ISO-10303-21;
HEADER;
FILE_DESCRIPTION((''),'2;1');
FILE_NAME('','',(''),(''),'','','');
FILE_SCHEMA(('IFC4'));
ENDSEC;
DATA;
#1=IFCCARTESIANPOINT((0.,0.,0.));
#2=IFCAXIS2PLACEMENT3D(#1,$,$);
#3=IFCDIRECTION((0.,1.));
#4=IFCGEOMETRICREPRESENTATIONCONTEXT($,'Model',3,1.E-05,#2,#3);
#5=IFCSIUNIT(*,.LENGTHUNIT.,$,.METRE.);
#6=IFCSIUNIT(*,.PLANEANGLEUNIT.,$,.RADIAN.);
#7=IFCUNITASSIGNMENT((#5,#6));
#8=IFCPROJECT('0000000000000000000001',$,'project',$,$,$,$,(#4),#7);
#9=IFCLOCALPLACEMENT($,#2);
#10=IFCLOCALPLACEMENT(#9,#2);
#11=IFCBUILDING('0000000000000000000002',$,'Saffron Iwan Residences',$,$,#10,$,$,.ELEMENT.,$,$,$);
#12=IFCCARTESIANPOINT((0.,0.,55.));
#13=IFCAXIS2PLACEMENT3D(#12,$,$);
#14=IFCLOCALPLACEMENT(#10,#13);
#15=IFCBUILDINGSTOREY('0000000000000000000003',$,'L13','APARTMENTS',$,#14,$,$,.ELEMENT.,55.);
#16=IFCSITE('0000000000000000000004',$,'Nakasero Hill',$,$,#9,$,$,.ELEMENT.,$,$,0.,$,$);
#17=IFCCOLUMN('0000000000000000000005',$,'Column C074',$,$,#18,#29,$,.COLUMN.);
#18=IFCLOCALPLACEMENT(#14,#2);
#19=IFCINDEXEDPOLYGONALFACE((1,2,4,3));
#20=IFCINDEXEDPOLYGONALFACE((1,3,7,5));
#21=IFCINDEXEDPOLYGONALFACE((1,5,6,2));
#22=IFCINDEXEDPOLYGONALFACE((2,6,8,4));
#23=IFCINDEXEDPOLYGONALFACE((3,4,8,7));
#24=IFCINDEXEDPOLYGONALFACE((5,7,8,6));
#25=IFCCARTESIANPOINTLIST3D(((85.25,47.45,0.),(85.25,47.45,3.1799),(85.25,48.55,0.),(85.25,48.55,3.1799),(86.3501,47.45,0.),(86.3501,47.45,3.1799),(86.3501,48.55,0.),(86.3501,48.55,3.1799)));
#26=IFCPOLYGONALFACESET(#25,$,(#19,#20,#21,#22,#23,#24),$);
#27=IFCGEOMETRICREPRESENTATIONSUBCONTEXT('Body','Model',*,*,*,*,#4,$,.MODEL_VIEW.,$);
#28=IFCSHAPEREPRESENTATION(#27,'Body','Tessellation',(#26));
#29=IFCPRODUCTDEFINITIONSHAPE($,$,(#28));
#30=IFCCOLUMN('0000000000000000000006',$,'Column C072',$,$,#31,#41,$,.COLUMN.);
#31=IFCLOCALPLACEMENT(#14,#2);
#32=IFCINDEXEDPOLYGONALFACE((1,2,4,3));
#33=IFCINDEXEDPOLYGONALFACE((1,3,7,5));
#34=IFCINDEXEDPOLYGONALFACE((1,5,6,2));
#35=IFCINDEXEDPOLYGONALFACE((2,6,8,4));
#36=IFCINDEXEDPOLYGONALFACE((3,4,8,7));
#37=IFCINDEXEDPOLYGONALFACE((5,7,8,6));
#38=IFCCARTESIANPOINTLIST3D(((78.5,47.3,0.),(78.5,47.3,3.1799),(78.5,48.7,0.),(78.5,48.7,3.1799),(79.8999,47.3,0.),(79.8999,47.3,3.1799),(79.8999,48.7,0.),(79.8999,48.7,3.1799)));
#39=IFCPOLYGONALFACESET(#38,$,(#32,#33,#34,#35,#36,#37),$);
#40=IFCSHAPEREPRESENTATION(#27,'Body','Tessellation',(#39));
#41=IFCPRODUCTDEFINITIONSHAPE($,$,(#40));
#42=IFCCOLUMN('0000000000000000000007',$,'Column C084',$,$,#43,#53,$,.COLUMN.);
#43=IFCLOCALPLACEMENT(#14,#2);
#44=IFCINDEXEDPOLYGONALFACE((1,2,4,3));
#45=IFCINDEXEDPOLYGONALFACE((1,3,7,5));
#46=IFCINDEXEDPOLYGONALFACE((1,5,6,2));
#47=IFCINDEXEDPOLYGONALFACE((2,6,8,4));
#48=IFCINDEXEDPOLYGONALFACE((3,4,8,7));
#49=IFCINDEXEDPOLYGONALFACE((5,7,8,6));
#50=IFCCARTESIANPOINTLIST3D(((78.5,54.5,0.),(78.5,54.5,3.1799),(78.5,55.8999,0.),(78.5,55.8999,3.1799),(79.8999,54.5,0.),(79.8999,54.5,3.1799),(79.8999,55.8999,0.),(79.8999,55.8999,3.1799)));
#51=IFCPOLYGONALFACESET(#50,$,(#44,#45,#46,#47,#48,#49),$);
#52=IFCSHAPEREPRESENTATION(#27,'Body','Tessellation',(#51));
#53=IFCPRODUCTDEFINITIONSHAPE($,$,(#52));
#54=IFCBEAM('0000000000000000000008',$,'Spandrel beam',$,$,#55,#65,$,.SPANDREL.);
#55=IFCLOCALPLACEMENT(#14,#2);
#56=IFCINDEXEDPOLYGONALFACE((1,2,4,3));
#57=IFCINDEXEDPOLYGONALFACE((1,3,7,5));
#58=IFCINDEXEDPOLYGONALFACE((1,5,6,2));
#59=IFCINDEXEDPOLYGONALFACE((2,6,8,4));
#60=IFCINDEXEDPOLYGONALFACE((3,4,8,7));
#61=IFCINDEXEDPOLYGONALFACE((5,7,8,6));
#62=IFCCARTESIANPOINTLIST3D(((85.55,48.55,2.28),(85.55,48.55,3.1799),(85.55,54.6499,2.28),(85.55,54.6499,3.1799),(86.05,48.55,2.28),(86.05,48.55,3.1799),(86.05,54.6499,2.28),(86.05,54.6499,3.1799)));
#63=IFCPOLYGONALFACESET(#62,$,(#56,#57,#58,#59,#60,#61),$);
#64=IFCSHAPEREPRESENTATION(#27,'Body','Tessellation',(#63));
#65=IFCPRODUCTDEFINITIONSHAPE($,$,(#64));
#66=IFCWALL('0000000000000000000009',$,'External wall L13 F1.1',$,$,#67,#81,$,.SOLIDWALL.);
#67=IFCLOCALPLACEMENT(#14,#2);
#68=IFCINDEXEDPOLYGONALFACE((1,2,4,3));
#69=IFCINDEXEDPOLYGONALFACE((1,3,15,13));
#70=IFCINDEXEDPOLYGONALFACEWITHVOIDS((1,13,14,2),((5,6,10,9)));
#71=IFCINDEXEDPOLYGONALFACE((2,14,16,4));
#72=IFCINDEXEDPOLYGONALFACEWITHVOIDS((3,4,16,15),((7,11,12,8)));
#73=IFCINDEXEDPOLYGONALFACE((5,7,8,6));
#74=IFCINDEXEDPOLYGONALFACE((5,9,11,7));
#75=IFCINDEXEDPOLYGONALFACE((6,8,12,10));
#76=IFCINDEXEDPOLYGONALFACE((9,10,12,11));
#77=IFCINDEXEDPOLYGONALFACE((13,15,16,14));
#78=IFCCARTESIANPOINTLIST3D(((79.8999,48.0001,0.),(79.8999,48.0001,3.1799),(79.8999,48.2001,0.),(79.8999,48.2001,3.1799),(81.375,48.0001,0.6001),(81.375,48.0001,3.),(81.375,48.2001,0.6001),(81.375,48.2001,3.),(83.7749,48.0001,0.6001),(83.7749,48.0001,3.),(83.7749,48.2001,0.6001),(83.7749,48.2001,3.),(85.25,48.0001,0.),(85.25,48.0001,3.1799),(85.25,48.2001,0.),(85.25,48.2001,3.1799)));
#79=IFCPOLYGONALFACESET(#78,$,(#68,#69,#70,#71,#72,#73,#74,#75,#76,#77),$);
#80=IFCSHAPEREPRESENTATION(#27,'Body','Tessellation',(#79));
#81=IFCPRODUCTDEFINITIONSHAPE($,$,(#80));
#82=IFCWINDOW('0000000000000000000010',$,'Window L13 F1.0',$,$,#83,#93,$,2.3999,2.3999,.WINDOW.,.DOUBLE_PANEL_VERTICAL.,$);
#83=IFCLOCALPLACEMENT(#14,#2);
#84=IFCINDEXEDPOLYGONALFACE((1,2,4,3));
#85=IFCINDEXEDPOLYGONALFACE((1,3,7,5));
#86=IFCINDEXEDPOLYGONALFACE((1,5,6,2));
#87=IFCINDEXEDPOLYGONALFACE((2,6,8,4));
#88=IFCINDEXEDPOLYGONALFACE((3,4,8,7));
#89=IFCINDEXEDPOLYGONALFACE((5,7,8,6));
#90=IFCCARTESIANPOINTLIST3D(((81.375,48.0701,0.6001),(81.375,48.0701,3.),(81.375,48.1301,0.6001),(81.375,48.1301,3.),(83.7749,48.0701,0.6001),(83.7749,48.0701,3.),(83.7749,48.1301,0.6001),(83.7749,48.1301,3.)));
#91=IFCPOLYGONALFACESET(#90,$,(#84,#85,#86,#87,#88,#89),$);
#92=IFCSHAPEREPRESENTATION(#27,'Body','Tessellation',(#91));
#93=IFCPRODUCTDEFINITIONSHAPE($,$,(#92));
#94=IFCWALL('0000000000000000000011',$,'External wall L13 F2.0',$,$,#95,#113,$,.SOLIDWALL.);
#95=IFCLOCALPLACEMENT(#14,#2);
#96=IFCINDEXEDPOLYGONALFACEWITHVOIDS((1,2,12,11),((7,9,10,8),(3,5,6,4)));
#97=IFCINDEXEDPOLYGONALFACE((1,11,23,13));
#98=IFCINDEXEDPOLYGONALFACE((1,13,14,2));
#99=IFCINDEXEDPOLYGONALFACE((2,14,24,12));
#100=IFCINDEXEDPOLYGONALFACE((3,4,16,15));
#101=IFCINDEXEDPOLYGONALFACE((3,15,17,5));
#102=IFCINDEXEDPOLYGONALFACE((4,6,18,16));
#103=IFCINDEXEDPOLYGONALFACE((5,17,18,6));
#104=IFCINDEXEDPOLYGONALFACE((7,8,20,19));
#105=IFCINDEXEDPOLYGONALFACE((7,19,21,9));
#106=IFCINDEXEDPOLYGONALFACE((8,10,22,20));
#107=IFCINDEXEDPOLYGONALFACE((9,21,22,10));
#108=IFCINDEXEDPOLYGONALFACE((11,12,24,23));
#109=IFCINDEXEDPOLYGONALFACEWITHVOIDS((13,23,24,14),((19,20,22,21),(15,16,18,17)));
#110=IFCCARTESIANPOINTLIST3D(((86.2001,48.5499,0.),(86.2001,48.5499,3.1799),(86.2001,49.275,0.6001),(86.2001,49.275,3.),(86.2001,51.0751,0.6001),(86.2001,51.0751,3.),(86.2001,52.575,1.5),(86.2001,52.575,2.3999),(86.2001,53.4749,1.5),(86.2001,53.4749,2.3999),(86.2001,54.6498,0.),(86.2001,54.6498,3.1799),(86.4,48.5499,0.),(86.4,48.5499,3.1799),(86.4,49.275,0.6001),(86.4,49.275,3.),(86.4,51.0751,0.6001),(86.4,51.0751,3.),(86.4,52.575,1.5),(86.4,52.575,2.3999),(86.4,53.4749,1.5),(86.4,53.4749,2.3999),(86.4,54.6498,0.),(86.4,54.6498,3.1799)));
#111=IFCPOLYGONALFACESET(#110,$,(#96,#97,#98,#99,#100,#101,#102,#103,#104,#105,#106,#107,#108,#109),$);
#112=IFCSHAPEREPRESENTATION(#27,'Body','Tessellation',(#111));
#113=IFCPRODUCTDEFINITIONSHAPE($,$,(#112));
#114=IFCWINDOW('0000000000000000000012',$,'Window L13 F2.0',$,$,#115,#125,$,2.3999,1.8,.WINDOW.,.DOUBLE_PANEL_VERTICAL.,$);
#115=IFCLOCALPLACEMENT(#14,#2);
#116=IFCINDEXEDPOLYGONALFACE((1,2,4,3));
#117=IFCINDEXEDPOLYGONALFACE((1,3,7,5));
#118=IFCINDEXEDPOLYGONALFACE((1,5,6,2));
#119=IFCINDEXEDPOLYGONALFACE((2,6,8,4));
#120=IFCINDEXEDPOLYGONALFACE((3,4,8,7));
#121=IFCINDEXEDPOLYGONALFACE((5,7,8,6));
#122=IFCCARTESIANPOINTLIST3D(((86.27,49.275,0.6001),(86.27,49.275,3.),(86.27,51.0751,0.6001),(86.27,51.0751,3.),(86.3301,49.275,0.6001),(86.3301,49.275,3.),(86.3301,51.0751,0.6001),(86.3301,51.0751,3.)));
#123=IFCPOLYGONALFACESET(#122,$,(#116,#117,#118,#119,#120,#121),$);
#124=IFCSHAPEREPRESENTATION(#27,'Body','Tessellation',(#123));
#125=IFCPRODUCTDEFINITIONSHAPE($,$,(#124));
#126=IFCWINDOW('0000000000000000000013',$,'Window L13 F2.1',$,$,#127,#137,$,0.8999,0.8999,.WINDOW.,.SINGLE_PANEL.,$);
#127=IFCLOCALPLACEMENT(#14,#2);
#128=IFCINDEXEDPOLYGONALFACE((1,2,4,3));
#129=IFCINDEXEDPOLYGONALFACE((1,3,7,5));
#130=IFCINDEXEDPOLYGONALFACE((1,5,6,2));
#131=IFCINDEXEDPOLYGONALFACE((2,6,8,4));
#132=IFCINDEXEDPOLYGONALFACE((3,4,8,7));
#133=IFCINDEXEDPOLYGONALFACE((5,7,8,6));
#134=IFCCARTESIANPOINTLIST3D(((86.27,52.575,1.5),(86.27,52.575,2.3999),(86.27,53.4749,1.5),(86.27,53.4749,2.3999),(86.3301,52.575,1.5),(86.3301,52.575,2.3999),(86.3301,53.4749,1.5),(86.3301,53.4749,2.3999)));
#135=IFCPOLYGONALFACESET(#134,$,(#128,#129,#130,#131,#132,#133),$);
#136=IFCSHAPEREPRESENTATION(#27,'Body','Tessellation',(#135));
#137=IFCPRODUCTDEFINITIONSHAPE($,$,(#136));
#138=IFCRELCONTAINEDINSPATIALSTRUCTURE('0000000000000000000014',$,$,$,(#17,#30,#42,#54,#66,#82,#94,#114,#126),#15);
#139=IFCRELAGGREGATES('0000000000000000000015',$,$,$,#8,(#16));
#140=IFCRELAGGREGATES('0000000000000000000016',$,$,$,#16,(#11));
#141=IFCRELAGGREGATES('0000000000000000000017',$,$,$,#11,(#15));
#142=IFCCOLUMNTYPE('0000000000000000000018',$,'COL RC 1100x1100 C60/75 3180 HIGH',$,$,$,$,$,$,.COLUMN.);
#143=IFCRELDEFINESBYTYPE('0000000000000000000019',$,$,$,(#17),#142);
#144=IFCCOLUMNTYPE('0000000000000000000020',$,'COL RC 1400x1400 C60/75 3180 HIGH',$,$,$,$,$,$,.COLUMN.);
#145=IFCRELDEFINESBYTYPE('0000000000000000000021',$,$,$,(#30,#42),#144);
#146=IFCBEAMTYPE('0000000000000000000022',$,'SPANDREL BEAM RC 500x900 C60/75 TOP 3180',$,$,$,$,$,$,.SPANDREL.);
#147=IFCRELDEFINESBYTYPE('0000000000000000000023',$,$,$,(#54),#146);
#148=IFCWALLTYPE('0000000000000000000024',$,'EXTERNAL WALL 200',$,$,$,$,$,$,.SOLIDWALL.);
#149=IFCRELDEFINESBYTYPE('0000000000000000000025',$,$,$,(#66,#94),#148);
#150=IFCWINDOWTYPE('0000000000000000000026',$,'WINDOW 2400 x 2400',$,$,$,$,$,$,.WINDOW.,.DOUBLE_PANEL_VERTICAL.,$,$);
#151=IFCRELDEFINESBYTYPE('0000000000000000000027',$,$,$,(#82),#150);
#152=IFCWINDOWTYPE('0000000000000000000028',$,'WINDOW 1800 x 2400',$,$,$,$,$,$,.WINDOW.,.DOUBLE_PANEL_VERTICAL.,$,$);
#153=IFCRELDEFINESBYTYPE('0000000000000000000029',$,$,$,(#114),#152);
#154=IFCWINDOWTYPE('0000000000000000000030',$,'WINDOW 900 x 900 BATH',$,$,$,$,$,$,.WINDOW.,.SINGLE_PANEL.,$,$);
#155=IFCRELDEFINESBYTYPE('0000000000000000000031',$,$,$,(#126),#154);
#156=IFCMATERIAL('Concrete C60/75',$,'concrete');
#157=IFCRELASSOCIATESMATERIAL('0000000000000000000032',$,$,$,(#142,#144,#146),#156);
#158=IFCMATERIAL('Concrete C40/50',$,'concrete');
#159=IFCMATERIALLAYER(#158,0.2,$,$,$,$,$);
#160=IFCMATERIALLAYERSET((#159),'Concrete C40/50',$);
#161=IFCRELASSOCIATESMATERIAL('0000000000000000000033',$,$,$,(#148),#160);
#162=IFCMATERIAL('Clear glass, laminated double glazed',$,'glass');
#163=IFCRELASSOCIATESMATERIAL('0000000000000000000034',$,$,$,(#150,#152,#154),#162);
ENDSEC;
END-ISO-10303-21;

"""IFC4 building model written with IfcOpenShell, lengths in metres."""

from ifc_helpers import new_model, si_unit, direction, frame, frame_2d, origin, origin_2d, place, context, subcontext, project, spatial, rectangle, extrude, source, transform, mapped, material, layer, layer_set, material_profile, profile_set, type_object, element, fill, save


model = new_model("IFC4")

# Units and contexts
model_context = context("Model", 3, precision=1e-05, world=origin(), true_north=direction((0.0, 1.0)))
body_context = subcontext(model_context, "Body", "Model", "MODEL_VIEW")
ifc_project = project(units=[si_unit("LENGTHUNIT", "METRE"), si_unit("PLANEANGLEUNIT", "RADIAN")], contexts=[model_context])

# Site, building, storey
site_placement = place(None, origin())
site = spatial("IfcSite", under=ifc_project, at=site_placement, Name="Nakasero Hill", CompositionType="ELEMENT", RefElevation=0.0)
building_placement = place(site_placement, origin())
building = spatial("IfcBuilding", under=site, at=building_placement, Name="Saffron Iwan Residences", CompositionType="ELEMENT")
storey_placement = place(building_placement, frame((0.0, 0.0, 55.0)))
storey = spatial("IfcBuildingStorey", under=building, at=storey_placement, Name="L13", Description="APARTMENTS", CompositionType="ELEMENT", Elevation=55.0)

# Columns
ifc_material_1 = material(Name="Concrete C60/75", Category="concrete")
ifc_material_profile_1 = material_profile(ifc_material_1, rectangle(XDim=1.1001, YDim=1.1001, at=origin_2d()), Name="RC 1100x1100")
ifc_profile_set_1 = profile_set([ifc_material_profile_1], Name="Concrete C60/75")
column_type_1 = type_object("IfcColumnType", Name="COL RC 1100x1100 C60/75 3180 HIGH", PredefinedType="COLUMN", material=ifc_profile_set_1)
shared_shape_1 = source(origin(), body_context, "Body", "SweptSolid", [
    extrude(rectangle(XDim=1.1001, YDim=1.1001, at=origin_2d()), origin(), (0.0, 0.0, 1.0), 3.1799),
])
column_placement = place(storey_placement, frame((85.8, 48.0, 0.0), z_axis=(0.0, 0.0, 1.0), x_axis=(1.0, 0.0, 0.0)))
element("IfcColumn", 1, at=column_placement, inside=storey, type_object=column_type_1, Name="Column C074", PredefinedType="COLUMN", context=body_context, shape_type="MappedRepresentation", body=[
    mapped(shared_shape_1, transform((0.0, 0.0, 0.0))),
])
ifc_material_profile_2 = material_profile(ifc_material_1, rectangle(XDim=1.3999, YDim=1.3999, at=origin_2d()), Name="RC 1400x1400")
ifc_profile_set_2 = profile_set([ifc_material_profile_2], Name="Concrete C60/75")
column_type_2 = type_object("IfcColumnType", Name="COL RC 1400x1400 C60/75 3180 HIGH", PredefinedType="COLUMN", material=ifc_profile_set_2)
shared_shape_2 = source(origin(), body_context, "Body", "SweptSolid", [
    extrude(rectangle(XDim=1.3999, YDim=1.3999, at=origin_2d()), origin(), (0.0, 0.0, 1.0), 3.1799),
])
for number, where, z_axis, x_axis, name in (
    (2, (79.2, 48.0, 0.0), (0.0, 0.0, 1.0), (1.0, 0.0, 0.0), "Column C072"),
    (3, (79.2, 55.2, 0.0), (0.0, 0.0, 1.0), (1.0, 0.0, 0.0), "Column C084"),
):
    element("IfcColumn", number, at=place(storey_placement, frame(where, z_axis=z_axis, x_axis=x_axis)), inside=storey, type_object=column_type_2, Name=name, PredefinedType="COLUMN", context=body_context, shape_type="MappedRepresentation", body=[
        mapped(shared_shape_2, transform((0.0, 0.0, 0.0))),
    ])

# Beam
ifc_material_profile_3 = material_profile(ifc_material_1, rectangle(XDim=0.5, YDim=0.8999, at=origin_2d()), Name="RC 500x900")
ifc_profile_set_3 = profile_set([ifc_material_profile_3], Name="Concrete C60/75")
beam_type = type_object("IfcBeamType", Name="SPANDREL BEAM RC 500x900 C60/75 TOP 3180", PredefinedType="SPANDREL", material=ifc_profile_set_3)
shared_shape_3 = source(origin(), body_context, "Body", "SweptSolid", [
    extrude(rectangle(XDim=0.5, YDim=0.8999, at=origin_2d()), origin(), (0.0, 0.0, 1.0), 6.0999),
])
beam_placement = place(storey_placement, frame((85.8, 54.6499, 2.73), z_axis=(0.0, -1.0, 0.0), x_axis=(1.0, 0.0, 0.0)))
element("IfcBeam", 4, at=beam_placement, inside=storey, type_object=beam_type, Name="Spandrel beam", PredefinedType="SPANDREL", context=body_context, shape_type="MappedRepresentation", body=[
    mapped(shared_shape_3, transform((0.0, 0.0, 0.0))),
])

# Wall, opening, window
ifc_material_2 = material(Name="Concrete C40/50", Category="concrete")
ifc_layer_1 = layer(ifc_material_2, 0.2)
ifc_layer_set_1 = layer_set([ifc_layer_1], Name="Concrete C40/50")
wall_type_1 = type_object("IfcWallType", Name="EXTERNAL WALL 200", PredefinedType="SOLIDWALL", material=ifc_layer_set_1)
wall_1_placement = place(storey_placement, frame((79.8999, 48.1001, 0.0), z_axis=(0.0, 0.0, 1.0), x_axis=(1.0, 0.0, 0.0)))
wall_1 = element("IfcWall", 5, at=wall_1_placement, inside=storey, type_object=wall_type_1, Name="External wall L13 F1.1", PredefinedType="SOLIDWALL", context=body_context, shape_type="SweptSolid", body=[
    extrude(rectangle(XDim=5.3501, YDim=0.2, at=frame_2d((2.675, 0.0))), origin(), (0.0, 0.0, 1.0), 3.1799),
])
opening_1_placement = place(wall_1_placement, frame((1.4751, 0.0, 0.6001)))
opening_1 = element("IfcOpeningElement", 6, at=opening_1_placement, cuts=wall_1, PredefinedType="OPENING", context=body_context, shape_type="SweptSolid", body=[
    extrude(rectangle(XDim=2.3999, YDim=2.3999, at=frame_2d((1.2, 1.2))), frame((0.0, 0.1099, 0.0), z_axis=(0.0, -1.0, 0.0), x_axis=(1.0, 0.0, 0.0)), (0.0, 0.0, 1.0), 0.22),
])
ifc_material_3 = material(Name="Clear glass, laminated double glazed", Category="glass")
window_type_1 = type_object("IfcWindowType", Name="WINDOW 2400 x 2400", PartitioningType="DOUBLE_PANEL_VERTICAL", PredefinedType="WINDOW", material=ifc_material_3)
window_1_placement = place(opening_1_placement, origin())
window_1 = element("IfcWindow", 7, at=window_1_placement, inside=storey, type_object=window_type_1, Name="Window L13 F1.0", OverallHeight=2.3999, OverallWidth=2.3999, PartitioningType="DOUBLE_PANEL_VERTICAL", PredefinedType="WINDOW", context=body_context, shape_type="SweptSolid", body=[
    extrude(rectangle(XDim=2.3999, YDim=2.3999, at=frame_2d((1.2, 1.2))), frame((0.0, 0.03, 0.0), z_axis=(0.0, -1.0, 0.0), x_axis=(1.0, 0.0, 0.0)), (0.0, 0.0, 1.0), 0.0601),
])
fill(opening_1, window_1)

# Wall, openings, windows
wall_2_placement = place(storey_placement, frame((86.3, 48.55, 0.0), z_axis=(0.0, 0.0, 1.0), x_axis=(0.0, 1.0, 0.0)))
wall_2 = element("IfcWall", 8, at=wall_2_placement, inside=storey, type_object=wall_type_1, Name="External wall L13 F2.0", PredefinedType="SOLIDWALL", context=body_context, shape_type="SweptSolid", body=[
    extrude(rectangle(XDim=6.0999, YDim=0.2, at=frame_2d((3.0498, 0.0))), origin(), (0.0, 0.0, 1.0), 3.1799),
])
opening_2_placement = place(wall_2_placement, frame((0.7251, 0.0, 0.6001)))
opening_2 = element("IfcOpeningElement", 9, at=opening_2_placement, cuts=wall_2, PredefinedType="OPENING", context=body_context, shape_type="SweptSolid", body=[
    extrude(rectangle(XDim=1.8, YDim=2.3999, at=frame_2d((0.8999, 1.2))), frame((0.0, 0.1099, 0.0), z_axis=(0.0, -1.0, 0.0), x_axis=(1.0, 0.0, 0.0)), (0.0, 0.0, 1.0), 0.22),
])
opening_3_placement = place(wall_2_placement, frame((4.0249, 0.0, 1.5)))
opening_3 = element("IfcOpeningElement", 10, at=opening_3_placement, cuts=wall_2, PredefinedType="OPENING", context=body_context, shape_type="SweptSolid", body=[
    extrude(rectangle(XDim=0.8999, YDim=0.8999, at=frame_2d((0.45, 0.45))), frame((0.0, 0.1099, 0.0), z_axis=(0.0, -1.0, 0.0), x_axis=(1.0, 0.0, 0.0)), (0.0, 0.0, 1.0), 0.22),
])
window_type_2 = type_object("IfcWindowType", Name="WINDOW 1800 x 2400", PartitioningType="DOUBLE_PANEL_VERTICAL", PredefinedType="WINDOW", material=ifc_material_3)
window_2_placement = place(opening_2_placement, origin())
window_2 = element("IfcWindow", 11, at=window_2_placement, inside=storey, type_object=window_type_2, Name="Window L13 F2.0", OverallHeight=2.3999, OverallWidth=1.8, PartitioningType="DOUBLE_PANEL_VERTICAL", PredefinedType="WINDOW", context=body_context, shape_type="SweptSolid", body=[
    extrude(rectangle(XDim=1.8, YDim=2.3999, at=frame_2d((0.8999, 1.2))), frame((0.0, 0.03, 0.0), z_axis=(0.0, -1.0, 0.0), x_axis=(1.0, 0.0, 0.0)), (0.0, 0.0, 1.0), 0.0601),
])
fill(opening_2, window_2)
window_type_3 = type_object("IfcWindowType", Name="WINDOW 900 x 900 BATH", PartitioningType="SINGLE_PANEL", PredefinedType="WINDOW", material=ifc_material_3)
window_3_placement = place(opening_3_placement, origin())
window_3 = element("IfcWindow", 12, at=window_3_placement, inside=storey, type_object=window_type_3, Name="Window L13 F2.1", OverallHeight=0.8999, OverallWidth=0.8999, PartitioningType="SINGLE_PANEL", PredefinedType="WINDOW", context=body_context, shape_type="SweptSolid", body=[
    extrude(rectangle(XDim=0.8999, YDim=0.8999, at=frame_2d((0.45, 0.45))), frame((0.0, 0.03, 0.0), z_axis=(0.0, -1.0, 0.0), x_axis=(1.0, 0.0, 0.0)), (0.0, 0.0, 1.0), 0.0601),
])
fill(opening_3, window_3)

save(model, "model.ifc")
